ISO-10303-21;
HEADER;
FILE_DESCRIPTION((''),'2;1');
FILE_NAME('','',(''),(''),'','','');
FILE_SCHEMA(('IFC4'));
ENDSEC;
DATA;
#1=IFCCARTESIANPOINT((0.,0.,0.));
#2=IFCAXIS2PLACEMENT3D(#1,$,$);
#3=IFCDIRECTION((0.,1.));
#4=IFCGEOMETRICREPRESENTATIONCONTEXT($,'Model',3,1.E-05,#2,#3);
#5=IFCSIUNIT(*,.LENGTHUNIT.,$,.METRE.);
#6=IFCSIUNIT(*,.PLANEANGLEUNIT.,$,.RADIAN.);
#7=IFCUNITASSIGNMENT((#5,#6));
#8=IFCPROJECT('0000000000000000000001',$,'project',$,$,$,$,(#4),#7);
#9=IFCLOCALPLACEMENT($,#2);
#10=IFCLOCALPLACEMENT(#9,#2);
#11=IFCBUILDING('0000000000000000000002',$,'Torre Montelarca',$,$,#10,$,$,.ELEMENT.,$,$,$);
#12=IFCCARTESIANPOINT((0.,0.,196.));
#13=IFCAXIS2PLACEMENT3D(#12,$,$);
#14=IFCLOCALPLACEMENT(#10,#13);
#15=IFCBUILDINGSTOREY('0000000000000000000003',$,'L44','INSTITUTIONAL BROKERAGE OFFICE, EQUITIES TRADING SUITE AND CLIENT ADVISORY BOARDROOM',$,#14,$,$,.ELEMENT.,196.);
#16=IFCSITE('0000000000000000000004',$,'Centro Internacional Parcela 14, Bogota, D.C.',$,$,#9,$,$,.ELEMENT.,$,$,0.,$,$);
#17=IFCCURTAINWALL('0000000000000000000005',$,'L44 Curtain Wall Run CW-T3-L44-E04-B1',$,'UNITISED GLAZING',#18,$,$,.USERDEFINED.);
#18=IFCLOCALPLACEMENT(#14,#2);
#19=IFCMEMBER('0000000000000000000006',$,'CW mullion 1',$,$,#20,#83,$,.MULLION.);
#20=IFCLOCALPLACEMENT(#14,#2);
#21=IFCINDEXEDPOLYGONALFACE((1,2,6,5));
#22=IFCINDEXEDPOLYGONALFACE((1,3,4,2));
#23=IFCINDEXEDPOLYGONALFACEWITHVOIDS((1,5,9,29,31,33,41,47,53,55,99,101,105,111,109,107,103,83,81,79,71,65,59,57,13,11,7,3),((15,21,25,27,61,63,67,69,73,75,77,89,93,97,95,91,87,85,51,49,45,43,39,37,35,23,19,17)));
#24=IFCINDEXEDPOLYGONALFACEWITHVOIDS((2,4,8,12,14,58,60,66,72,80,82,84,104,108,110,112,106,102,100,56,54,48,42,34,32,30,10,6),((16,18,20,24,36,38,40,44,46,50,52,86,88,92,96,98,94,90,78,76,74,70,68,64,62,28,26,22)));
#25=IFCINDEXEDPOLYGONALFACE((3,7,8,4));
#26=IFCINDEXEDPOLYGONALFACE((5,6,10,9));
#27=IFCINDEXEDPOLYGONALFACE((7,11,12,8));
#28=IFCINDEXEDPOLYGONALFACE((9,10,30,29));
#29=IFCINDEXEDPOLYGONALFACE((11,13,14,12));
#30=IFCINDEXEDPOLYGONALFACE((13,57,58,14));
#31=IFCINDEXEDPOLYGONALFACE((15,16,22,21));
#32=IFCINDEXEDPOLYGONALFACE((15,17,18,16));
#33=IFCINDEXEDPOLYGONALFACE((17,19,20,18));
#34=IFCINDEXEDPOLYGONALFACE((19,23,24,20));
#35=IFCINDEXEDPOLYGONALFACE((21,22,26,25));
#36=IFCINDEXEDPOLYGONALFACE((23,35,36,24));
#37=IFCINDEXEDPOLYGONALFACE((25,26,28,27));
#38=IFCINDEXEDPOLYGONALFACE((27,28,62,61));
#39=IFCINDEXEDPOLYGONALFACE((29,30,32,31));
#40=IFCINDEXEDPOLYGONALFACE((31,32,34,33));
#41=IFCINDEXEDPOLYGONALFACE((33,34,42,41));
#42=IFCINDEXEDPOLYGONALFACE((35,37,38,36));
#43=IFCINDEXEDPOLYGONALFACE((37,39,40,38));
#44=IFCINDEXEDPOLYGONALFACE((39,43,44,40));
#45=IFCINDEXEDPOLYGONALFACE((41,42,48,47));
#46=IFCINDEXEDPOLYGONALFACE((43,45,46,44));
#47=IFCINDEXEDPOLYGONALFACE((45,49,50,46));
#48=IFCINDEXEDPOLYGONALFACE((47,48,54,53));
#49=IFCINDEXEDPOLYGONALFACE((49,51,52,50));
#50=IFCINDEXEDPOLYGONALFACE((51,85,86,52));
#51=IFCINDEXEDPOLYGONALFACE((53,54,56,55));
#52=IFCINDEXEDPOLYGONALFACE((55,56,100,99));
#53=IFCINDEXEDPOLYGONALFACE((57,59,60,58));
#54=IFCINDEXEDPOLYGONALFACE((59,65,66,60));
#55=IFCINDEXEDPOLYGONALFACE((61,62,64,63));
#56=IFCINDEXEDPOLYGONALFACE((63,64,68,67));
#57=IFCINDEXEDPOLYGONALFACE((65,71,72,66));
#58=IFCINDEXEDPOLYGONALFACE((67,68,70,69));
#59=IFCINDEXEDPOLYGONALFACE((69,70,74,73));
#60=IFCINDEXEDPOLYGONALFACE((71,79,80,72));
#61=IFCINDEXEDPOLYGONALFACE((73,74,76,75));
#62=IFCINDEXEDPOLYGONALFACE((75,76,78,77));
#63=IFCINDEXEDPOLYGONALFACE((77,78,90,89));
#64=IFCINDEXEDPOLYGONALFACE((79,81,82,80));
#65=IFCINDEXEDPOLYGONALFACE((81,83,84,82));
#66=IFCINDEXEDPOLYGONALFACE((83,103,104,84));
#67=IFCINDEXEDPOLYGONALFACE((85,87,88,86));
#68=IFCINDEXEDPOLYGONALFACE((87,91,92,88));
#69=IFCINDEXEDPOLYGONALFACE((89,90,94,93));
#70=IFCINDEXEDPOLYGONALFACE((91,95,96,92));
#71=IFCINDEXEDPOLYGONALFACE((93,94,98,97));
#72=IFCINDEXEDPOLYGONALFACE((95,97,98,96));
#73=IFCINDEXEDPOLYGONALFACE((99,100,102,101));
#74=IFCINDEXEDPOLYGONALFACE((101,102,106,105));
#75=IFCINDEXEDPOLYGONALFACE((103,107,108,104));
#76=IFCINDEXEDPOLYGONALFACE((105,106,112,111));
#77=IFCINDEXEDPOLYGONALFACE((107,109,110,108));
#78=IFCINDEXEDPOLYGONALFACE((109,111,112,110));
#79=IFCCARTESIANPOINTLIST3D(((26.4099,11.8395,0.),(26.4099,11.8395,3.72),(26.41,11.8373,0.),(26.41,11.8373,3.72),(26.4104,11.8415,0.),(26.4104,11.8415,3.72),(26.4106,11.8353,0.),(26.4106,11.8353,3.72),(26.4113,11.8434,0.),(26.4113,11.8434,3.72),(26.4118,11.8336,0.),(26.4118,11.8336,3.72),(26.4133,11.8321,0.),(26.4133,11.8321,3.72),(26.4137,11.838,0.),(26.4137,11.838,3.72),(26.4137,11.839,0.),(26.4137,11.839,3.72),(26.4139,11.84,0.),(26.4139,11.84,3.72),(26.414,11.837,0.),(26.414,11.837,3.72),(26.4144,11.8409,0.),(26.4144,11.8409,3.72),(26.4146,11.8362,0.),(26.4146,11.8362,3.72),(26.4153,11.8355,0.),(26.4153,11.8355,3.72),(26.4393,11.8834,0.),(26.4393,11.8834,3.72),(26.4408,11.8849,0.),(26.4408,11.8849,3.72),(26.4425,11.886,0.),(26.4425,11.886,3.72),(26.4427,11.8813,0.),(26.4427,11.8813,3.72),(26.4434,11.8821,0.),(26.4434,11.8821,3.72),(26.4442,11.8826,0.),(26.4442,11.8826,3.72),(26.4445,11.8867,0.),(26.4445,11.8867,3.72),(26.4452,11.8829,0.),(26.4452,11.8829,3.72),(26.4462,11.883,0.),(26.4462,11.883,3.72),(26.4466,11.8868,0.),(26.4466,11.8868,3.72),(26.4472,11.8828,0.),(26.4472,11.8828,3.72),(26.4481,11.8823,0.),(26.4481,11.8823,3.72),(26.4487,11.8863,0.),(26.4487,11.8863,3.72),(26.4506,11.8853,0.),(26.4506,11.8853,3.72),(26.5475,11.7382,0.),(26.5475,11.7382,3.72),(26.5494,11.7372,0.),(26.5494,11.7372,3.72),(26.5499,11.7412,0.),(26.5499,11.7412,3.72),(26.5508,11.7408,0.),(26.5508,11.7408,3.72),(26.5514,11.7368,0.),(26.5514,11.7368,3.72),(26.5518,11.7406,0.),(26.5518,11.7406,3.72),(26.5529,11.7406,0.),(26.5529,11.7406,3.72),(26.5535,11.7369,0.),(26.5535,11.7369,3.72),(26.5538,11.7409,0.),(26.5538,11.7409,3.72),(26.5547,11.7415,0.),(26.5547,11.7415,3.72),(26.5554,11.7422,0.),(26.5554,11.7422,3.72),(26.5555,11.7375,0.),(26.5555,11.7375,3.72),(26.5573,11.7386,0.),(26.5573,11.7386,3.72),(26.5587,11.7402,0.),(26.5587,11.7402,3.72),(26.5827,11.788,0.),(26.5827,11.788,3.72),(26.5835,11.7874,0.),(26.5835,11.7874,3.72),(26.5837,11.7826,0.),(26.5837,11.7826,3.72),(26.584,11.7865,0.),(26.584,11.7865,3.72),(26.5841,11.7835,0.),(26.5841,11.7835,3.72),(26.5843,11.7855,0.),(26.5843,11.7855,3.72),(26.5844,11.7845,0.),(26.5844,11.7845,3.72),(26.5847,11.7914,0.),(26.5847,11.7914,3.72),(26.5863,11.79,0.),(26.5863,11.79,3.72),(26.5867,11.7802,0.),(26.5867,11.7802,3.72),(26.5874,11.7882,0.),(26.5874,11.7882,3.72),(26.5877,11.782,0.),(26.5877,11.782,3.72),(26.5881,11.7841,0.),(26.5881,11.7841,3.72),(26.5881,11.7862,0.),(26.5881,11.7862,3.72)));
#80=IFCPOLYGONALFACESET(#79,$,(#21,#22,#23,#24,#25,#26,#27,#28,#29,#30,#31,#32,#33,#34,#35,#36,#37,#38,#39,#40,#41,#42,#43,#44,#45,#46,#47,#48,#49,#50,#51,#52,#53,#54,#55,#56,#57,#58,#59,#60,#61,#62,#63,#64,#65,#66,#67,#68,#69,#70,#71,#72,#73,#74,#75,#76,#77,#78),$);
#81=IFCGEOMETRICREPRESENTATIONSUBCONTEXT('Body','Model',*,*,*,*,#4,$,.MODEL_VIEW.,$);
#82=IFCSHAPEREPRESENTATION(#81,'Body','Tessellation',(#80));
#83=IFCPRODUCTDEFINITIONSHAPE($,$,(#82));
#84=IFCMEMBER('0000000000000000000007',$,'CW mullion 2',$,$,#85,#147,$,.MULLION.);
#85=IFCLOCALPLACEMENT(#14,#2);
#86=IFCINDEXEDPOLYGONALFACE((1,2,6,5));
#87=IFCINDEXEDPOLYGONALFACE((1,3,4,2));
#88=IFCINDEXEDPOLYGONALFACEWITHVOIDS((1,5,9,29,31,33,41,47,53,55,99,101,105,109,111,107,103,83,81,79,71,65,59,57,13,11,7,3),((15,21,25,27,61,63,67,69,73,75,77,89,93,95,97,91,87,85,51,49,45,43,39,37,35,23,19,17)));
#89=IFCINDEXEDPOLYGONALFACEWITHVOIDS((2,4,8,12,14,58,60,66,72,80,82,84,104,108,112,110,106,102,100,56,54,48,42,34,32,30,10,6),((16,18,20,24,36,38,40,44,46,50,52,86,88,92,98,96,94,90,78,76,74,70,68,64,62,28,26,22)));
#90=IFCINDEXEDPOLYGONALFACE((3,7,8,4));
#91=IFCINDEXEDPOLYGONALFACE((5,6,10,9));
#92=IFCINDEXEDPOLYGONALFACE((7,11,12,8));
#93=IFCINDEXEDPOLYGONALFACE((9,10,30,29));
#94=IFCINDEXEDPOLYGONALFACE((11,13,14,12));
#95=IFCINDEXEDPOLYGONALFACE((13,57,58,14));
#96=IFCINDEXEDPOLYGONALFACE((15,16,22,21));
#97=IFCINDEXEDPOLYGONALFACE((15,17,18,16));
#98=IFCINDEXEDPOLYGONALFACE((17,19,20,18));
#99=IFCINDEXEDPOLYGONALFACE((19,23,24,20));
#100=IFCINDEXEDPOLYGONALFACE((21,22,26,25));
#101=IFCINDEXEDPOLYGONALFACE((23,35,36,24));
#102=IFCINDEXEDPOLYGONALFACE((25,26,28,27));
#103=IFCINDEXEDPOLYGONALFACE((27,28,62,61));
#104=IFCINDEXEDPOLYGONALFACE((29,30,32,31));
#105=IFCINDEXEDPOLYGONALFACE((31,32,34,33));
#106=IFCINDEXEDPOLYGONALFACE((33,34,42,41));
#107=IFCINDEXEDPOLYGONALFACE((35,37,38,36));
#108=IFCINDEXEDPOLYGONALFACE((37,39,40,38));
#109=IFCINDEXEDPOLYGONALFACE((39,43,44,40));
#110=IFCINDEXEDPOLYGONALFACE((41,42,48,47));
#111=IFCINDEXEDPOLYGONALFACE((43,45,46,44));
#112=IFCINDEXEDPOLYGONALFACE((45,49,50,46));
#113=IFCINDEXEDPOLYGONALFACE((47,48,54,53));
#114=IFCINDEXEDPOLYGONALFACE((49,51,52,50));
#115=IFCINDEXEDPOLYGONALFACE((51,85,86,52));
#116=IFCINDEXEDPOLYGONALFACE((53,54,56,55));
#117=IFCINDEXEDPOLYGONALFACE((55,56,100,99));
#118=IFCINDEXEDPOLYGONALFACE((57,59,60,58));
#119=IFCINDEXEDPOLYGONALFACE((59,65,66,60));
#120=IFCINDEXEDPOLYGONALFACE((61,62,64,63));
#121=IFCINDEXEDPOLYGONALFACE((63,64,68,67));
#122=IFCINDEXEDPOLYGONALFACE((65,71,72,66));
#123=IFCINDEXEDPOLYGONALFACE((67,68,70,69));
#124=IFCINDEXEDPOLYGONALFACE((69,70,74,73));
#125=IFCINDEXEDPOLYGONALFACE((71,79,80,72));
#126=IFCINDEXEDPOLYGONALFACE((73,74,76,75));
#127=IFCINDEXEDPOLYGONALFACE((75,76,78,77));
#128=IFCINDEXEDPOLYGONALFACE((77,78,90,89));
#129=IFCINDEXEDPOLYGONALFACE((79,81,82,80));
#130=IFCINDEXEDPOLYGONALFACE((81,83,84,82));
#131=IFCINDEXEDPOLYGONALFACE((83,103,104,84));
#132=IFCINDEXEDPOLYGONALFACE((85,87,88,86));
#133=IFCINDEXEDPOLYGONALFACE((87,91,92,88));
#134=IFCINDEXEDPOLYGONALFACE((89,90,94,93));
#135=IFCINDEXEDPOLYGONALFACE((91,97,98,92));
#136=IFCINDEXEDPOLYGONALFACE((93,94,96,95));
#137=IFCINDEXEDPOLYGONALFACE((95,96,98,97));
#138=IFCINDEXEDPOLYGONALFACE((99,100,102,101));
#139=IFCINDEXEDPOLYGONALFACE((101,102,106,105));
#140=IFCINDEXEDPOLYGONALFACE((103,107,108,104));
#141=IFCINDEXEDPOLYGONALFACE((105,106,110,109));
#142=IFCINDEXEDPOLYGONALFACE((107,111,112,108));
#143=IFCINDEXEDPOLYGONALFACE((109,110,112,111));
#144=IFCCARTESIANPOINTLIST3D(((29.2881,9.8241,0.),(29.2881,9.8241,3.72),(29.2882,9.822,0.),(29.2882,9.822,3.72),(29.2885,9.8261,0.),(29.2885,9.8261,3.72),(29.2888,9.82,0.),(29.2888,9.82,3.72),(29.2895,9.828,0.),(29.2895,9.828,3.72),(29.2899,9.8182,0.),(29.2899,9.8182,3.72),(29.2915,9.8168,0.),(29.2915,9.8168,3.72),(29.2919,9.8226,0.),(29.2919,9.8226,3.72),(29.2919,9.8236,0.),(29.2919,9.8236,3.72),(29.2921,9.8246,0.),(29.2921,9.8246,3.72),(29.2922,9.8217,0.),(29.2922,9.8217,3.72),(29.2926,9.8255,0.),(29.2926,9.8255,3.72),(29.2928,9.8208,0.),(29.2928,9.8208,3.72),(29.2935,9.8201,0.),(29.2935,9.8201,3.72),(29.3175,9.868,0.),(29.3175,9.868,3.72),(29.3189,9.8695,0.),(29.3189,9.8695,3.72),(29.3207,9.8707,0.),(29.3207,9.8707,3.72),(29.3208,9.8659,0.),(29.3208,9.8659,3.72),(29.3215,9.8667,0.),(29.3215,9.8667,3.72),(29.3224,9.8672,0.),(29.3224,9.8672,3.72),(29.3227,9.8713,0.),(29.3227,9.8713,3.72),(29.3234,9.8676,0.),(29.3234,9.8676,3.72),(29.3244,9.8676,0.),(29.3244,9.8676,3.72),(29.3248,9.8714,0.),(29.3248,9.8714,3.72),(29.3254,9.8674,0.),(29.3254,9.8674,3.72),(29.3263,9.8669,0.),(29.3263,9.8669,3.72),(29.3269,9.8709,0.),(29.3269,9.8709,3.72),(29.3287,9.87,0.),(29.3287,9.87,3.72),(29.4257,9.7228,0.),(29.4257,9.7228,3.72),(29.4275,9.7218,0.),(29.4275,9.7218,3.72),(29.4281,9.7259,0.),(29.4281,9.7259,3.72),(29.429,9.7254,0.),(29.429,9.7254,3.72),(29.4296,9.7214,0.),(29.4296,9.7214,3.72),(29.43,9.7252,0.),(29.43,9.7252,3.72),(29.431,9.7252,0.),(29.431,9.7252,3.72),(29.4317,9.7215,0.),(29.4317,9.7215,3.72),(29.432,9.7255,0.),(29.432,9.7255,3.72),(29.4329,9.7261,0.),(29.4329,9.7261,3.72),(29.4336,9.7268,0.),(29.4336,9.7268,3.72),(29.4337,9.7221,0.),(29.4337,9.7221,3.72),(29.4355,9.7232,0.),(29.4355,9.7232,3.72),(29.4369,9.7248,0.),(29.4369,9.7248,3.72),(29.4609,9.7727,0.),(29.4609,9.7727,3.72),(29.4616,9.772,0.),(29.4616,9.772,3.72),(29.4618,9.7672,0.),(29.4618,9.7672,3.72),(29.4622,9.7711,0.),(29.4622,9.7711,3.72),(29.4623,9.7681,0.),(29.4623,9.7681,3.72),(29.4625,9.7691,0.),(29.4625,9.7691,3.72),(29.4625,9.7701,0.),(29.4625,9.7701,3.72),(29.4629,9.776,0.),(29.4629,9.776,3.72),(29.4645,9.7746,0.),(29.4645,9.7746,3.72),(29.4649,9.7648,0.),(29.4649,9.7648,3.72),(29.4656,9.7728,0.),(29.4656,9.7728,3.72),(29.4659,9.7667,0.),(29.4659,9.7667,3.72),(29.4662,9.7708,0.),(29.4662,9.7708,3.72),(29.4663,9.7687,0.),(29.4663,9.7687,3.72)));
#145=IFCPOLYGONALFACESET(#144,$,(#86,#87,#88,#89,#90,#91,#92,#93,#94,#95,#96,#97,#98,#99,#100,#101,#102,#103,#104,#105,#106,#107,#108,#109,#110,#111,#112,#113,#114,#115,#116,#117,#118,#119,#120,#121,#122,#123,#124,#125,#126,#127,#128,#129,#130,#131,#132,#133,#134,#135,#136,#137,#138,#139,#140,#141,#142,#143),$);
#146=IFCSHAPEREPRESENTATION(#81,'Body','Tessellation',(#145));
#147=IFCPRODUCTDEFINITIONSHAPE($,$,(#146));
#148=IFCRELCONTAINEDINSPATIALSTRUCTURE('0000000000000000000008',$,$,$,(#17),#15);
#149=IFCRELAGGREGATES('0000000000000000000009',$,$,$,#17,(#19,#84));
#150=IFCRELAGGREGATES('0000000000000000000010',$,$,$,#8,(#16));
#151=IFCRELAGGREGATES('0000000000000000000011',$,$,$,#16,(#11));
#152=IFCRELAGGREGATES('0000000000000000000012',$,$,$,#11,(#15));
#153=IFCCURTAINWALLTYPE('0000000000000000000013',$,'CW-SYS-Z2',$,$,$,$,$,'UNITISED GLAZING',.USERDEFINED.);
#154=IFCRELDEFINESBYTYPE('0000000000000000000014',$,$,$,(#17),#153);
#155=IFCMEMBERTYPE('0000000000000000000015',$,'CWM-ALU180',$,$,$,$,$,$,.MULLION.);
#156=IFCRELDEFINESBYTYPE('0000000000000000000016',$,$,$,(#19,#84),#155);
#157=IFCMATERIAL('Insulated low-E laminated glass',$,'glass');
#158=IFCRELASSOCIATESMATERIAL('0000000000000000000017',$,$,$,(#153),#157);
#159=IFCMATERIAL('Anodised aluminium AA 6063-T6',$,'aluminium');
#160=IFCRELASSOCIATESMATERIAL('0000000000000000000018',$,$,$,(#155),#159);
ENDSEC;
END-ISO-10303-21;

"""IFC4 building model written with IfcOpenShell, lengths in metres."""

from ifc_helpers import new_model, si_unit, direction, frame, origin, origin_2d, place, context, subcontext, project, spatial, hollow_rectangle, extrude, source, transform, mapped, material, material_profile, profile_set, type_object, element, aggregate, save


model = new_model("IFC4")

# Units and contexts
model_context = context("Model", 3, precision=1e-05, world=origin(), true_north=direction((0.0, 1.0)))
body_context = subcontext(model_context, "Body", "Model", "MODEL_VIEW")
ifc_project = project(units=[si_unit("LENGTHUNIT", "METRE"), si_unit("PLANEANGLEUNIT", "RADIAN")], contexts=[model_context])

# Site, building, storey
site_placement = place(None, origin())
site = spatial("IfcSite", under=ifc_project, at=site_placement, Name="Centro Internacional Parcela 14, Bogota, D.C.", CompositionType="ELEMENT", RefElevation=0.0)
building_placement = place(site_placement, origin())
building = spatial("IfcBuilding", under=site, at=building_placement, Name="Torre Montelarca", CompositionType="ELEMENT")
storey_placement = place(building_placement, frame((0.0, 0.0, 196.0)))
storey = spatial("IfcBuildingStorey", under=building, at=storey_placement, Name="L44", Description="INSTITUTIONAL BROKERAGE OFFICE, EQUITIES TRADING SUITE AND CLIENT ADVISORY BOARDROOM", CompositionType="ELEMENT", Elevation=196.0)

# Shared definitions
ifc_material_1 = material(Name="Insulated low-E laminated glass", Category="glass")
curtain_wall_type = type_object("IfcCurtainWallType", Name="CW-SYS-Z2", ElementType="UNITISED GLAZING", PredefinedType="USERDEFINED", material=ifc_material_1)
ifc_material_2 = material(Name="Anodised aluminium AA 6063-T6", Category="aluminium")

# Shared definitions
ifc_material_profile_1 = material_profile(ifc_material_2, hollow_rectangle(XDim=0.0649, YDim=0.1799, WallThickness=0.0039, InnerFilletRadius=0.0039, OuterFilletRadius=0.0081, at=origin_2d()), Name="ALU65X180X4", Category="aluminium")
ifc_profile_set_1 = profile_set([ifc_material_profile_1], Name="Anodised aluminium AA 6063-T6")
member_type_1 = type_object("IfcMemberType", Name="CWM-ALU180", PredefinedType="MULLION", material=ifc_profile_set_1)
shared_shape_1 = source(origin(), body_context, "Body", "SweptSolid", [
    extrude(hollow_rectangle(XDim=0.0649, YDim=0.1799, WallThickness=0.0039, InnerFilletRadius=0.0039, OuterFilletRadius=0.0081, at=origin_2d()), origin(), (0.0, 0.0, 1.0), 3.72),
])

# Curtain wall, members
curtain_wall_1_placement = place(storey_placement, origin())
curtain_wall_1 = element("IfcCurtainWall", 1, at=curtain_wall_1_placement, inside=storey, type_object=curtain_wall_type, Name="L44 Curtain Wall Run CW-T3-L44-E04-B1", ObjectType="UNITISED GLAZING", PredefinedType="USERDEFINED")
member_1_placement = place(storey_placement, frame((26.499, 11.8118, 0.0), z_axis=(0.0, 0.0, 1.0), x_axis=(0.573558, 0.819165, 0.0)))
member_1 = element("IfcMember", 2, at=member_1_placement, type_object=member_type_1, Name="CW mullion 1", PredefinedType="MULLION", context=body_context, shape_type="MappedRepresentation", body=[
    mapped(shared_shape_1, transform((0.0, 0.0, 0.0), scale=1.0)),
])
member_2_placement = place(storey_placement, frame((29.3772, 9.7964, 0.0), z_axis=(0.0, 0.0, 1.0), x_axis=(0.573558, 0.819165, 0.0)))
member_2 = element("IfcMember", 3, at=member_2_placement, type_object=member_type_1, Name="CW mullion 2", PredefinedType="MULLION", context=body_context, shape_type="MappedRepresentation", body=[
    mapped(shared_shape_1, transform((0.0, 0.0, 0.0), scale=1.0)),
])

aggregate(curtain_wall_1, [member_1, member_2])

save(model, "model.ifc")
